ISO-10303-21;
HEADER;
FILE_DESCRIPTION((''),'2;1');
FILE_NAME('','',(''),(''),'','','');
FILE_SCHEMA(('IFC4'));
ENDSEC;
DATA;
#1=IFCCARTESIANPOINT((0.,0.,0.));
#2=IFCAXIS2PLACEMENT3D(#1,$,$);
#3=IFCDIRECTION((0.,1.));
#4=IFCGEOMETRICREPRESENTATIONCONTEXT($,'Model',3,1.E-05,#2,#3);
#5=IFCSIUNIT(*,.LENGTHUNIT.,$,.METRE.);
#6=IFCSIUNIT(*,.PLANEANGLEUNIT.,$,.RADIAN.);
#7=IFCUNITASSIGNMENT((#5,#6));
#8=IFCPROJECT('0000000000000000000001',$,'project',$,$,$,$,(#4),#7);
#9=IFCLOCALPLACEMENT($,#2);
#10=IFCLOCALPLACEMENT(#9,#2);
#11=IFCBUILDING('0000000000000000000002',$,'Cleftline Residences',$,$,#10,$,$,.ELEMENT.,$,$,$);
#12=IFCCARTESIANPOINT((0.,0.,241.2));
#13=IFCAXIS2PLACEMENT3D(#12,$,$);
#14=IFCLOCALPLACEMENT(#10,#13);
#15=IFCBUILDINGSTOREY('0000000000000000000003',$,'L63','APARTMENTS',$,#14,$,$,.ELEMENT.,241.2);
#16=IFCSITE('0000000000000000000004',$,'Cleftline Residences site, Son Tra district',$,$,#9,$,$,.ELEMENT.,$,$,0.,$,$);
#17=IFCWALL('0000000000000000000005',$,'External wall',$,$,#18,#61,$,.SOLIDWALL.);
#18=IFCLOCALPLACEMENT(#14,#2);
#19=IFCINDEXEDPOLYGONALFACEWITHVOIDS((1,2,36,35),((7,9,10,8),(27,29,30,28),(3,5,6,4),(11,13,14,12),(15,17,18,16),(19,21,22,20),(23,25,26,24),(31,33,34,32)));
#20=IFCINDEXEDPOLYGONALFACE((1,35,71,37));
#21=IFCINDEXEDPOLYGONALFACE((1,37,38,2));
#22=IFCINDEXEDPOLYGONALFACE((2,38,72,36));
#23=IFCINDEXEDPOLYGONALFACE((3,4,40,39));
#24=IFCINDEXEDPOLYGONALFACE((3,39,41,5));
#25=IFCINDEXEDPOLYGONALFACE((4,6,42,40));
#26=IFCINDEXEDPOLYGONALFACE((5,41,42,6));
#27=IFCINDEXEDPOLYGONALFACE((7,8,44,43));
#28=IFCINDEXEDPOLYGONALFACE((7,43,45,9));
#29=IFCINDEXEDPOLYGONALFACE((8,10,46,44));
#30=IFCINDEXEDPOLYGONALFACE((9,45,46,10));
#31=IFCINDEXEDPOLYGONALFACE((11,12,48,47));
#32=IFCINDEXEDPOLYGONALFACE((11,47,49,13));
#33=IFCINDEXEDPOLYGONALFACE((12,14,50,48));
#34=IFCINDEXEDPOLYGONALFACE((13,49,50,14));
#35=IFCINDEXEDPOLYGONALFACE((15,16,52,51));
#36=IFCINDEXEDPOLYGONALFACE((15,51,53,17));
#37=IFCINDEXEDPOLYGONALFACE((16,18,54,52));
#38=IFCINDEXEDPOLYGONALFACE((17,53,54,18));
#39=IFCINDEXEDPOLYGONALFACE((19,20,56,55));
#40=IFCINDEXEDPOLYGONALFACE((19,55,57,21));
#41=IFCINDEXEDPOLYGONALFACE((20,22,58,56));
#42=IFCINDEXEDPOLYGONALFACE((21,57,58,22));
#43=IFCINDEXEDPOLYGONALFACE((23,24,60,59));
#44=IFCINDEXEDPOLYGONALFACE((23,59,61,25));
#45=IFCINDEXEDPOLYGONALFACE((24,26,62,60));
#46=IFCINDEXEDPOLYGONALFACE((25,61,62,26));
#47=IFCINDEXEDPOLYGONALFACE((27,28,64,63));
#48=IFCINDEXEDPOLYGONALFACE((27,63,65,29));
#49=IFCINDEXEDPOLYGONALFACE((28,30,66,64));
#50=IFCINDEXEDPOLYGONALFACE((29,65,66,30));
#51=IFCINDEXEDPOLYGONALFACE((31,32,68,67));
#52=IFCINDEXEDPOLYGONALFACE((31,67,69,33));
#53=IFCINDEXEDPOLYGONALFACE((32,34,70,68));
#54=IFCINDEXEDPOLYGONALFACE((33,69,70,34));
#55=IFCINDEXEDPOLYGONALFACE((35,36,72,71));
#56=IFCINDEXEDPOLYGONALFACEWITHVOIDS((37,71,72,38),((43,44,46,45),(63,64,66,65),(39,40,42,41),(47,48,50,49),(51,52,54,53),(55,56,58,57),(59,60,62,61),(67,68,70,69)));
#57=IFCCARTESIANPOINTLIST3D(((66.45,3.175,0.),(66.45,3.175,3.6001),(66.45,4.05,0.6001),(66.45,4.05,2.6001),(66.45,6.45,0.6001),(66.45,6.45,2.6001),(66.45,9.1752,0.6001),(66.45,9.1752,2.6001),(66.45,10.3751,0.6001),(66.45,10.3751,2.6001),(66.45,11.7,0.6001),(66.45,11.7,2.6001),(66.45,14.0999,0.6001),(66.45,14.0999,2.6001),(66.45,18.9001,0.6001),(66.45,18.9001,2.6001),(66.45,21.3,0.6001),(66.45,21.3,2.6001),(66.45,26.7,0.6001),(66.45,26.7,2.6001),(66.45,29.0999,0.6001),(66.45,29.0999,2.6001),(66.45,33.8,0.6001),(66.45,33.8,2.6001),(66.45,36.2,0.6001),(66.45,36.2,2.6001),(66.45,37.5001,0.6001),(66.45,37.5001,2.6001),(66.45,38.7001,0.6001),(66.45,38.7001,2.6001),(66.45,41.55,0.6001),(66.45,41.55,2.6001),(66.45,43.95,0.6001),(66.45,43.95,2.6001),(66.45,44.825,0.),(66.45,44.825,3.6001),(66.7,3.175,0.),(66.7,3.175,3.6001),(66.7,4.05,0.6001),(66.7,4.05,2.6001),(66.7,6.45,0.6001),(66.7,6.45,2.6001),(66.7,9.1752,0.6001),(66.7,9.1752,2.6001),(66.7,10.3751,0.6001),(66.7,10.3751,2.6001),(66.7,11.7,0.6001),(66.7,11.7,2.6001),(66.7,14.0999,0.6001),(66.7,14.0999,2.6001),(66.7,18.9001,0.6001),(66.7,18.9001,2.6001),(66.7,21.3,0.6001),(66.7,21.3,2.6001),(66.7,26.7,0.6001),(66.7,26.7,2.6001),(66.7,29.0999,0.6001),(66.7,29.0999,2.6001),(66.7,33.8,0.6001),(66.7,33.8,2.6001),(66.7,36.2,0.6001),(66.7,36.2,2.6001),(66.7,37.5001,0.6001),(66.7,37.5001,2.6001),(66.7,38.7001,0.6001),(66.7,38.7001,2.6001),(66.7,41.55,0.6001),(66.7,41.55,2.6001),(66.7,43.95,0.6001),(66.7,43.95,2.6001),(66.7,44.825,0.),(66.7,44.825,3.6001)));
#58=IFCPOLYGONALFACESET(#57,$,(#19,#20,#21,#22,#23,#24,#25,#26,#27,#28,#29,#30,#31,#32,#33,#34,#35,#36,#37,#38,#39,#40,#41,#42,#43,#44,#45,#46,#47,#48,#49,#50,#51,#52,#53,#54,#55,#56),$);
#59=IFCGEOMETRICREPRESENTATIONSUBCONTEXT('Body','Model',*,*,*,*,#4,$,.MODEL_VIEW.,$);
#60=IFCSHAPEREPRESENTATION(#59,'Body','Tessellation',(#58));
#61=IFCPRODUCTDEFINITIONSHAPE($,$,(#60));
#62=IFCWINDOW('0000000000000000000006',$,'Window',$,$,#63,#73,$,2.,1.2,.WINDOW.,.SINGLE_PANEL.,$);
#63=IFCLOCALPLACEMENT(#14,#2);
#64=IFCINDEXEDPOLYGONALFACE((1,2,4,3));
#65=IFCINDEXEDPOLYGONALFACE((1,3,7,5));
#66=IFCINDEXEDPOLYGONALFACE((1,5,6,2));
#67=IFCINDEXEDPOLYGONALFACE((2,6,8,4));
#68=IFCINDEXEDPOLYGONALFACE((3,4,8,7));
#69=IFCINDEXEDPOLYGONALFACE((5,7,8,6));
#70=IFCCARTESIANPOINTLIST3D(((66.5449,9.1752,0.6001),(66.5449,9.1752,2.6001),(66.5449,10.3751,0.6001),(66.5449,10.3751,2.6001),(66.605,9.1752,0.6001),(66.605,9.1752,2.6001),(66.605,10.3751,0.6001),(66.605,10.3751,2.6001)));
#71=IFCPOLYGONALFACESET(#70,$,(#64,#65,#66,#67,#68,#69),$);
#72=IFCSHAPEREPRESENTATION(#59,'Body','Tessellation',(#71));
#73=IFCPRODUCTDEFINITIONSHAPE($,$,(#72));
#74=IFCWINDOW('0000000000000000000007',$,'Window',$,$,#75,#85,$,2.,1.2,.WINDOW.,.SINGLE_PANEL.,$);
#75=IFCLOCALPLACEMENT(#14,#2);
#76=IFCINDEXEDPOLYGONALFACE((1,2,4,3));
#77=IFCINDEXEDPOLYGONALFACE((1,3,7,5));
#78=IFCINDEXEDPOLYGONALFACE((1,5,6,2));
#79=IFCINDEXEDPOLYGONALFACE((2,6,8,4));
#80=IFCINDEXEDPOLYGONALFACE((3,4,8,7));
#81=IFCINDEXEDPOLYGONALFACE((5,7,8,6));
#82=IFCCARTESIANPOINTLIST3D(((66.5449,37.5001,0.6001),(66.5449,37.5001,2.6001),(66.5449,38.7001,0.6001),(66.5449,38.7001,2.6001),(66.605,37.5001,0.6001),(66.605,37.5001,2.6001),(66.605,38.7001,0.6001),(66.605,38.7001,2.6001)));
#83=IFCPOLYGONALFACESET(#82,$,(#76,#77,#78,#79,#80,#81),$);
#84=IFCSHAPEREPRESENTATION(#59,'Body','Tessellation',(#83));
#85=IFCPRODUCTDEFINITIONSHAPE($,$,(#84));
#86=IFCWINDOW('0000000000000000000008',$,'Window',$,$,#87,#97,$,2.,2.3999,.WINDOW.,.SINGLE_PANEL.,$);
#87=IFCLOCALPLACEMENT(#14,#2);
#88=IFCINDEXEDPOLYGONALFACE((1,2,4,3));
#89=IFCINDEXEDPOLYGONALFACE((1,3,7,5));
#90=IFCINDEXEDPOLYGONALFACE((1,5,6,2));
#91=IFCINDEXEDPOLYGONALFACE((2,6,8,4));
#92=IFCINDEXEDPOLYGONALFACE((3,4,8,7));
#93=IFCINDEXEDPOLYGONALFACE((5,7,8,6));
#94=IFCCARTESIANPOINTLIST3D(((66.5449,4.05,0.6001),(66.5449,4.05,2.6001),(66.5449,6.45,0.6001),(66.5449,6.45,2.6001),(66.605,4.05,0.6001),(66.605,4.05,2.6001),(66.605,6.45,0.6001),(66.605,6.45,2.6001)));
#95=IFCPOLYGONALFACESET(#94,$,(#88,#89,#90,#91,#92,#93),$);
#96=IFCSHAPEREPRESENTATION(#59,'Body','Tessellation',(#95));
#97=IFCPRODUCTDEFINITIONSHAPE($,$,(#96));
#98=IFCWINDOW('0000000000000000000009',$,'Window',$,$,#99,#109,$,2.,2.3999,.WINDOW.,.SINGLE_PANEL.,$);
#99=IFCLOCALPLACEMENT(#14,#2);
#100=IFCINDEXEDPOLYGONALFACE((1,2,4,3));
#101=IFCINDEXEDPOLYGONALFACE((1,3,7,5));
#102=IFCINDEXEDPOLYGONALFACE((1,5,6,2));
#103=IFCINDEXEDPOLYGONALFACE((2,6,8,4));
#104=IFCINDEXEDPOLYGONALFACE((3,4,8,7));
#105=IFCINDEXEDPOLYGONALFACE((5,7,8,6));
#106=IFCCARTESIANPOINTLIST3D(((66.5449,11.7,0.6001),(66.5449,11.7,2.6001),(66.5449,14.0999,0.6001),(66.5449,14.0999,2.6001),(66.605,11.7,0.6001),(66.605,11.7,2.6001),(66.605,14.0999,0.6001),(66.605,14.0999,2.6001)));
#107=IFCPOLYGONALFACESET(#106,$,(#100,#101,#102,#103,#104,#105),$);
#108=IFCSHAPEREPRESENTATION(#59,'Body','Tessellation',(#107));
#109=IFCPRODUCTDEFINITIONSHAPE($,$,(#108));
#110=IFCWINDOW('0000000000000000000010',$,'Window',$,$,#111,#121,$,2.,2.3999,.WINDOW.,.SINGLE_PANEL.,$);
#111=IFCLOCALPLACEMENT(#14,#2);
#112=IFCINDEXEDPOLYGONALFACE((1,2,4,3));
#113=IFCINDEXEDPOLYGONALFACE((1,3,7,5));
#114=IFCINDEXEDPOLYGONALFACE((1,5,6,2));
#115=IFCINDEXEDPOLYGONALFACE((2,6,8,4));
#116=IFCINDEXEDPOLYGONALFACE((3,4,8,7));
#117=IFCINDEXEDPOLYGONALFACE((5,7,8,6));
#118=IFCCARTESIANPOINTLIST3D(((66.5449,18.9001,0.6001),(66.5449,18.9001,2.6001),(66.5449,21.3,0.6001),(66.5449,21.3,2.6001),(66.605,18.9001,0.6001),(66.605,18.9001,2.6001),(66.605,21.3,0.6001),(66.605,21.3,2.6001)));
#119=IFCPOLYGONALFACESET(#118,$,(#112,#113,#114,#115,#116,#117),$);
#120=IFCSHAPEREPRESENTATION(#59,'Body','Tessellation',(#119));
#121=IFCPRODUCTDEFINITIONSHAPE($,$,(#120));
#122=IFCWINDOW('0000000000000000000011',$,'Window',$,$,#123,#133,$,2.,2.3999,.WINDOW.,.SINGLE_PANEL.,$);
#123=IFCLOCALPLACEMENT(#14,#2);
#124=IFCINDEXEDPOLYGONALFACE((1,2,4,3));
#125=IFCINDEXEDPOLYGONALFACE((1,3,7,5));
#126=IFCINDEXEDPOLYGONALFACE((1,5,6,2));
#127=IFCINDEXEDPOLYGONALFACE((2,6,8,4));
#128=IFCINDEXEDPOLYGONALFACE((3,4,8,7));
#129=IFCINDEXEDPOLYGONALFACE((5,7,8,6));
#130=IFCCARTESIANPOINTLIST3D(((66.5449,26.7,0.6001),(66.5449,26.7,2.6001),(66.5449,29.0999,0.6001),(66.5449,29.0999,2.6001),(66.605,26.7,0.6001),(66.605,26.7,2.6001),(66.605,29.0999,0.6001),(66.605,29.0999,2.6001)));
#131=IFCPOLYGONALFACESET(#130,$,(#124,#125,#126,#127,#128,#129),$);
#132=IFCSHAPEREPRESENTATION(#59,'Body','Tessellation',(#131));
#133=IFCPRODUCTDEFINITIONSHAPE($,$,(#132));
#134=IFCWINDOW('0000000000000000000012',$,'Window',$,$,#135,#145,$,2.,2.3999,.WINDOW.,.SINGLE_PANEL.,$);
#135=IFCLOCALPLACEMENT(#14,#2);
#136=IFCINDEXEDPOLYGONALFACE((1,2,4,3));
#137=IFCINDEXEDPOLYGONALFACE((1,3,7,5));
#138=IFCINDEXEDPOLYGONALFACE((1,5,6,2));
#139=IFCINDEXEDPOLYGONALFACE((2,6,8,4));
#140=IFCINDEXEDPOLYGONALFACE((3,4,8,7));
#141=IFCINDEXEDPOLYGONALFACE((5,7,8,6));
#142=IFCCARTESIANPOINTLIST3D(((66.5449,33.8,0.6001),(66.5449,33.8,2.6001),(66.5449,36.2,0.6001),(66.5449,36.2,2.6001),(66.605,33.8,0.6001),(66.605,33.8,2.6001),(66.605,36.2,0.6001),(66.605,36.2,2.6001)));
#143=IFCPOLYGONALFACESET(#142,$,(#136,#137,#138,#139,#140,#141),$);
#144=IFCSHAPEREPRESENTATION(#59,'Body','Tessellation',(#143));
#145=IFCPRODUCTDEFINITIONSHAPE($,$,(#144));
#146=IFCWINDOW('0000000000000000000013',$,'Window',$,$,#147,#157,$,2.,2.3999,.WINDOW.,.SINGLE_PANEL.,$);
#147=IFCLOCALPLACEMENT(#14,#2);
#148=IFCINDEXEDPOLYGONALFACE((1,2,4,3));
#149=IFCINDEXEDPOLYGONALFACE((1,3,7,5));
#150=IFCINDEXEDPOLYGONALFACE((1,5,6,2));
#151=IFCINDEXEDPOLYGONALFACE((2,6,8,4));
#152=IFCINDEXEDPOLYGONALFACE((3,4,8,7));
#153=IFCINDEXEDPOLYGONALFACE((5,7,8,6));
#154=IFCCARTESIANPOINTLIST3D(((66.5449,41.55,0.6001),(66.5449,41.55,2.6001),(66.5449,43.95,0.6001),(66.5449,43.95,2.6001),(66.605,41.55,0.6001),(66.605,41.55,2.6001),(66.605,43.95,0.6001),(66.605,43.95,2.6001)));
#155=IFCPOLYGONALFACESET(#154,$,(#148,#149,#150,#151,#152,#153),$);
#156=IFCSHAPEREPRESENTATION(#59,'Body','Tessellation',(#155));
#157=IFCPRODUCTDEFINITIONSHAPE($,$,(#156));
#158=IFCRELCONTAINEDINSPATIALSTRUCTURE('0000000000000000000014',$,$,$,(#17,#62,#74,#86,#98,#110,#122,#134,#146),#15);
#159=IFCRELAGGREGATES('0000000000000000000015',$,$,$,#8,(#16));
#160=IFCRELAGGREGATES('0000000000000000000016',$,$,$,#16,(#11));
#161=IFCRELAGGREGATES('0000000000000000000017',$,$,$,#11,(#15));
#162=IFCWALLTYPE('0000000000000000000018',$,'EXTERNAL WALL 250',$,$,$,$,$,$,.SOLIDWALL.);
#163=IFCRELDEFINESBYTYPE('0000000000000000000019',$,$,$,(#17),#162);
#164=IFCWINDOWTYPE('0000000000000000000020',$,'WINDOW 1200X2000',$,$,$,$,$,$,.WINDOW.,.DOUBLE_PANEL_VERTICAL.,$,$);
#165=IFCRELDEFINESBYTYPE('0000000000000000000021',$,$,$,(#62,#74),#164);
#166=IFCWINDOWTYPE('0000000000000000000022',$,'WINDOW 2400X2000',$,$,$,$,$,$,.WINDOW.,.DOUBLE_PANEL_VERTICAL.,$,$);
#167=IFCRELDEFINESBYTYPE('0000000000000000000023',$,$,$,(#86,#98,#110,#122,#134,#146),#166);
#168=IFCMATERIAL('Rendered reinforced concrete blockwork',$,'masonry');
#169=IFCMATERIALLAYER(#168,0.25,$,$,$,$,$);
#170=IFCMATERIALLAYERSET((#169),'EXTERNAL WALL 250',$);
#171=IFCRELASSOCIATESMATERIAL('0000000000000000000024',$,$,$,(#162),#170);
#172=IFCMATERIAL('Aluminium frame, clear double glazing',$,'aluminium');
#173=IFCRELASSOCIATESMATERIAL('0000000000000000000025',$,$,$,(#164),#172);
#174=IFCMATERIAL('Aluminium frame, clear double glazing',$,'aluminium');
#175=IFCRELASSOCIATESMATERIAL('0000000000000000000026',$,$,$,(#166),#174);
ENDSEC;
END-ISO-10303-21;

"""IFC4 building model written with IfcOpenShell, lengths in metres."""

from ifc_helpers import new_model, si_unit, direction, frame, frame_2d, origin, place, context, subcontext, project, spatial, rectangle, extrude, material, layer, layer_set, type_object, element, fill, save


model = new_model("IFC4")

# Units and contexts
model_context = context("Model", 3, precision=1e-05, world=origin(), true_north=direction((0.0, 1.0)))
body_context = subcontext(model_context, "Body", "Model", "MODEL_VIEW")
ifc_project = project(units=[si_unit("LENGTHUNIT", "METRE"), si_unit("PLANEANGLEUNIT", "RADIAN")], contexts=[model_context])

# Site, building, storey
site_placement = place(None, origin())
site = spatial("IfcSite", under=ifc_project, at=site_placement, Name="Cleftline Residences site, Son Tra district", CompositionType="ELEMENT", RefElevation=0.0)
building_placement = place(site_placement, origin())
building = spatial("IfcBuilding", under=site, at=building_placement, Name="Cleftline Residences", CompositionType="ELEMENT")
storey_placement = place(building_placement, frame((0.0, 0.0, 241.2)))
storey = spatial("IfcBuildingStorey", under=building, at=storey_placement, Name="L63", Description="APARTMENTS", CompositionType="ELEMENT", Elevation=241.2)

# Wall, openings, windows
ifc_material_1 = material(Name="Rendered reinforced concrete blockwork", Category="masonry")
ifc_layer_1 = layer(ifc_material_1, 0.25)
ifc_layer_set_1 = layer_set([ifc_layer_1], Name="EXTERNAL WALL 250")
wall_type = type_object("IfcWallType", Name="EXTERNAL WALL 250", PredefinedType="SOLIDWALL", material=ifc_layer_set_1)
wall_placement = place(storey_placement, frame((66.575, 3.175, 0.0), z_axis=(0.0, 0.0, 1.0), x_axis=(0.0, 1.0, 0.0)))
wall = element("IfcWall", 1, at=wall_placement, inside=storey, type_object=wall_type, Name="External wall", PredefinedType="SOLIDWALL", context=body_context, shape_type="SweptSolid", body=[
    extrude(rectangle(XDim=41.6499, YDim=0.25, at=frame_2d((20.825, 0.0))), origin(), (0.0, 0.0, 1.0), 3.6001),
])
opening_1_placement = place(wall_placement, frame((0.875, 0.0, 0.6001)))
opening_1 = element("IfcOpeningElement", 2, at=opening_1_placement, cuts=wall, PredefinedType="OPENING", context=body_context, shape_type="SweptSolid", body=[
    extrude(rectangle(XDim=2.3999, YDim=2.0, at=frame_2d((1.2, 1.0))), frame((0.0, 0.135, 0.0), z_axis=(0.0, -1.0, 0.0), x_axis=(1.0, 0.0, 0.0)), (0.0, 0.0, 1.0), 0.27),
])
opening_2_placement = place(wall_placement, frame((6.0, 0.0, 0.6001)))
opening_2 = element("IfcOpeningElement", 3, at=opening_2_placement, cuts=wall, PredefinedType="OPENING", context=body_context, shape_type="SweptSolid", body=[
    extrude(rectangle(XDim=1.2, YDim=2.0, at=frame_2d((0.6001, 1.0))), frame((0.0, 0.135, 0.0), z_axis=(0.0, -1.0, 0.0), x_axis=(1.0, 0.0, 0.0)), (0.0, 0.0, 1.0), 0.27),
])
opening_3_placement = place(wall_placement, frame((8.5249, 0.0, 0.6001)))
opening_3 = element("IfcOpeningElement", 4, at=opening_3_placement, cuts=wall, PredefinedType="OPENING", context=body_context, shape_type="SweptSolid", body=[
    extrude(rectangle(XDim=2.3999, YDim=2.0, at=frame_2d((1.2, 1.0))), frame((0.0, 0.135, 0.0), z_axis=(0.0, -1.0, 0.0), x_axis=(1.0, 0.0, 0.0)), (0.0, 0.0, 1.0), 0.27),
])
opening_4_placement = place(wall_placement, frame((15.7251, 0.0, 0.6001)))
opening_4 = element("IfcOpeningElement", 5, at=opening_4_placement, cuts=wall, PredefinedType="OPENING", context=body_context, shape_type="SweptSolid", body=[
    extrude(rectangle(XDim=2.3999, YDim=2.0, at=frame_2d((1.2, 1.0))), frame((0.0, 0.135, 0.0), z_axis=(0.0, -1.0, 0.0), x_axis=(1.0, 0.0, 0.0)), (0.0, 0.0, 1.0), 0.27),
])
opening_5_placement = place(wall_placement, frame((23.5249, 0.0, 0.6001)))
opening_5 = element("IfcOpeningElement", 6, at=opening_5_placement, cuts=wall, PredefinedType="OPENING", context=body_context, shape_type="SweptSolid", body=[
    extrude(rectangle(XDim=2.3999, YDim=2.0, at=frame_2d((1.2, 1.0))), frame((0.0, 0.135, 0.0), z_axis=(0.0, -1.0, 0.0), x_axis=(1.0, 0.0, 0.0)), (0.0, 0.0, 1.0), 0.27),
])
opening_6_placement = place(wall_placement, frame((30.625, 0.0, 0.6001)))
opening_6 = element("IfcOpeningElement", 7, at=opening_6_placement, cuts=wall, PredefinedType="OPENING", context=body_context, shape_type="SweptSolid", body=[
    extrude(rectangle(XDim=2.3999, YDim=2.0, at=frame_2d((1.2, 1.0))), frame((0.0, 0.135, 0.0), z_axis=(0.0, -1.0, 0.0), x_axis=(1.0, 0.0, 0.0)), (0.0, 0.0, 1.0), 0.27),
])
opening_7_placement = place(wall_placement, frame((34.325, 0.0, 0.6001)))
opening_7 = element("IfcOpeningElement", 8, at=opening_7_placement, cuts=wall, PredefinedType="OPENING", context=body_context, shape_type="SweptSolid", body=[
    extrude(rectangle(XDim=1.2, YDim=2.0, at=frame_2d((0.6001, 1.0))), frame((0.0, 0.135, 0.0), z_axis=(0.0, -1.0, 0.0), x_axis=(1.0, 0.0, 0.0)), (0.0, 0.0, 1.0), 0.27),
])
opening_8_placement = place(wall_placement, frame((38.375, 0.0, 0.6001)))
opening_8 = element("IfcOpeningElement", 9, at=opening_8_placement, cuts=wall, PredefinedType="OPENING", context=body_context, shape_type="SweptSolid", body=[
    extrude(rectangle(XDim=2.3999, YDim=2.0, at=frame_2d((1.2, 1.0))), frame((0.0, 0.135, 0.0), z_axis=(0.0, -1.0, 0.0), x_axis=(1.0, 0.0, 0.0)), (0.0, 0.0, 1.0), 0.27),
])
ifc_material_2 = material(Name="Aluminium frame, clear double glazing", Category="aluminium")
window_type_1 = type_object("IfcWindowType", Name="WINDOW 1200X2000", PartitioningType="DOUBLE_PANEL_VERTICAL", PredefinedType="WINDOW", material=ifc_material_2)
window_1_placement = place(opening_2_placement, origin())
window_1 = element("IfcWindow", 10, at=window_1_placement, inside=storey, type_object=window_type_1, Name="Window", OverallHeight=2.0, OverallWidth=1.2, PartitioningType="SINGLE_PANEL", PredefinedType="WINDOW", context=body_context, shape_type="SweptSolid", body=[
    extrude(rectangle(XDim=1.2, YDim=2.0, at=frame_2d((0.6001, 1.0))), frame((0.0, 0.03, 0.0), z_axis=(0.0, -1.0, 0.0), x_axis=(1.0, 0.0, 0.0)), (0.0, 0.0, 1.0), 0.0601),
])
fill(opening_2, window_1)
window_2_placement = place(opening_7_placement, origin())
window_2 = element("IfcWindow", 11, at=window_2_placement, inside=storey, type_object=window_type_1, Name="Window", OverallHeight=2.0, OverallWidth=1.2, PartitioningType="SINGLE_PANEL", PredefinedType="WINDOW", context=body_context, shape_type="SweptSolid", body=[
    extrude(rectangle(XDim=1.2, YDim=2.0, at=frame_2d((0.6001, 1.0))), frame((0.0, 0.03, 0.0), z_axis=(0.0, -1.0, 0.0), x_axis=(1.0, 0.0, 0.0)), (0.0, 0.0, 1.0), 0.0601),
])
fill(opening_7, window_2)
ifc_material_3 = material(Name="Aluminium frame, clear double glazing", Category="aluminium")
window_type_2 = type_object("IfcWindowType", Name="WINDOW 2400X2000", PartitioningType="DOUBLE_PANEL_VERTICAL", PredefinedType="WINDOW", material=ifc_material_3)
window_3_placement = place(opening_1_placement, origin())
window_3 = element("IfcWindow", 12, at=window_3_placement, inside=storey, type_object=window_type_2, Name="Window", OverallHeight=2.0, OverallWidth=2.3999, PartitioningType="SINGLE_PANEL", PredefinedType="WINDOW", context=body_context, shape_type="SweptSolid", body=[
    extrude(rectangle(XDim=2.3999, YDim=2.0, at=frame_2d((1.2, 1.0))), frame((0.0, 0.03, 0.0), z_axis=(0.0, -1.0, 0.0), x_axis=(1.0, 0.0, 0.0)), (0.0, 0.0, 1.0), 0.0601),
])
fill(opening_1, window_3)
window_4_placement = place(opening_3_placement, origin())
window_4 = element("IfcWindow", 13, at=window_4_placement, inside=storey, type_object=window_type_2, Name="Window", OverallHeight=2.0, OverallWidth=2.3999, PartitioningType="SINGLE_PANEL", PredefinedType="WINDOW", context=body_context, shape_type="SweptSolid", body=[
    extrude(rectangle(XDim=2.3999, YDim=2.0, at=frame_2d((1.2, 1.0))), frame((0.0, 0.03, 0.0), z_axis=(0.0, -1.0, 0.0), x_axis=(1.0, 0.0, 0.0)), (0.0, 0.0, 1.0), 0.0601),
])
fill(opening_3, window_4)
window_5_placement = place(opening_4_placement, origin())
window_5 = element("IfcWindow", 14, at=window_5_placement, inside=storey, type_object=window_type_2, Name="Window", OverallHeight=2.0, OverallWidth=2.3999, PartitioningType="SINGLE_PANEL", PredefinedType="WINDOW", context=body_context, shape_type="SweptSolid", body=[
    extrude(rectangle(XDim=2.3999, YDim=2.0, at=frame_2d((1.2, 1.0))), frame((0.0, 0.03, 0.0), z_axis=(0.0, -1.0, 0.0), x_axis=(1.0, 0.0, 0.0)), (0.0, 0.0, 1.0), 0.0601),
])
fill(opening_4, window_5)
window_6_placement = place(opening_5_placement, origin())
window_6 = element("IfcWindow", 15, at=window_6_placement, inside=storey, type_object=window_type_2, Name="Window", OverallHeight=2.0, OverallWidth=2.3999, PartitioningType="SINGLE_PANEL", PredefinedType="WINDOW", context=body_context, shape_type="SweptSolid", body=[
    extrude(rectangle(XDim=2.3999, YDim=2.0, at=frame_2d((1.2, 1.0))), frame((0.0, 0.03, 0.0), z_axis=(0.0, -1.0, 0.0), x_axis=(1.0, 0.0, 0.0)), (0.0, 0.0, 1.0), 0.0601),
])
fill(opening_5, window_6)
window_7_placement = place(opening_6_placement, origin())
window_7 = element("IfcWindow", 16, at=window_7_placement, inside=storey, type_object=window_type_2, Name="Window", OverallHeight=2.0, OverallWidth=2.3999, PartitioningType="SINGLE_PANEL", PredefinedType="WINDOW", context=body_context, shape_type="SweptSolid", body=[
    extrude(rectangle(XDim=2.3999, YDim=2.0, at=frame_2d((1.2, 1.0))), frame((0.0, 0.03, 0.0), z_axis=(0.0, -1.0, 0.0), x_axis=(1.0, 0.0, 0.0)), (0.0, 0.0, 1.0), 0.0601),
])
fill(opening_6, window_7)
window_8_placement = place(opening_8_placement, origin())
window_8 = element("IfcWindow", 17, at=window_8_placement, inside=storey, type_object=window_type_2, Name="Window", OverallHeight=2.0, OverallWidth=2.3999, PartitioningType="SINGLE_PANEL", PredefinedType="WINDOW", context=body_context, shape_type="SweptSolid", body=[
    extrude(rectangle(XDim=2.3999, YDim=2.0, at=frame_2d((1.2, 1.0))), frame((0.0, 0.03, 0.0), z_axis=(0.0, -1.0, 0.0), x_axis=(1.0, 0.0, 0.0)), (0.0, 0.0, 1.0), 0.0601),
])
fill(opening_8, window_8)

save(model, "model.ifc")
